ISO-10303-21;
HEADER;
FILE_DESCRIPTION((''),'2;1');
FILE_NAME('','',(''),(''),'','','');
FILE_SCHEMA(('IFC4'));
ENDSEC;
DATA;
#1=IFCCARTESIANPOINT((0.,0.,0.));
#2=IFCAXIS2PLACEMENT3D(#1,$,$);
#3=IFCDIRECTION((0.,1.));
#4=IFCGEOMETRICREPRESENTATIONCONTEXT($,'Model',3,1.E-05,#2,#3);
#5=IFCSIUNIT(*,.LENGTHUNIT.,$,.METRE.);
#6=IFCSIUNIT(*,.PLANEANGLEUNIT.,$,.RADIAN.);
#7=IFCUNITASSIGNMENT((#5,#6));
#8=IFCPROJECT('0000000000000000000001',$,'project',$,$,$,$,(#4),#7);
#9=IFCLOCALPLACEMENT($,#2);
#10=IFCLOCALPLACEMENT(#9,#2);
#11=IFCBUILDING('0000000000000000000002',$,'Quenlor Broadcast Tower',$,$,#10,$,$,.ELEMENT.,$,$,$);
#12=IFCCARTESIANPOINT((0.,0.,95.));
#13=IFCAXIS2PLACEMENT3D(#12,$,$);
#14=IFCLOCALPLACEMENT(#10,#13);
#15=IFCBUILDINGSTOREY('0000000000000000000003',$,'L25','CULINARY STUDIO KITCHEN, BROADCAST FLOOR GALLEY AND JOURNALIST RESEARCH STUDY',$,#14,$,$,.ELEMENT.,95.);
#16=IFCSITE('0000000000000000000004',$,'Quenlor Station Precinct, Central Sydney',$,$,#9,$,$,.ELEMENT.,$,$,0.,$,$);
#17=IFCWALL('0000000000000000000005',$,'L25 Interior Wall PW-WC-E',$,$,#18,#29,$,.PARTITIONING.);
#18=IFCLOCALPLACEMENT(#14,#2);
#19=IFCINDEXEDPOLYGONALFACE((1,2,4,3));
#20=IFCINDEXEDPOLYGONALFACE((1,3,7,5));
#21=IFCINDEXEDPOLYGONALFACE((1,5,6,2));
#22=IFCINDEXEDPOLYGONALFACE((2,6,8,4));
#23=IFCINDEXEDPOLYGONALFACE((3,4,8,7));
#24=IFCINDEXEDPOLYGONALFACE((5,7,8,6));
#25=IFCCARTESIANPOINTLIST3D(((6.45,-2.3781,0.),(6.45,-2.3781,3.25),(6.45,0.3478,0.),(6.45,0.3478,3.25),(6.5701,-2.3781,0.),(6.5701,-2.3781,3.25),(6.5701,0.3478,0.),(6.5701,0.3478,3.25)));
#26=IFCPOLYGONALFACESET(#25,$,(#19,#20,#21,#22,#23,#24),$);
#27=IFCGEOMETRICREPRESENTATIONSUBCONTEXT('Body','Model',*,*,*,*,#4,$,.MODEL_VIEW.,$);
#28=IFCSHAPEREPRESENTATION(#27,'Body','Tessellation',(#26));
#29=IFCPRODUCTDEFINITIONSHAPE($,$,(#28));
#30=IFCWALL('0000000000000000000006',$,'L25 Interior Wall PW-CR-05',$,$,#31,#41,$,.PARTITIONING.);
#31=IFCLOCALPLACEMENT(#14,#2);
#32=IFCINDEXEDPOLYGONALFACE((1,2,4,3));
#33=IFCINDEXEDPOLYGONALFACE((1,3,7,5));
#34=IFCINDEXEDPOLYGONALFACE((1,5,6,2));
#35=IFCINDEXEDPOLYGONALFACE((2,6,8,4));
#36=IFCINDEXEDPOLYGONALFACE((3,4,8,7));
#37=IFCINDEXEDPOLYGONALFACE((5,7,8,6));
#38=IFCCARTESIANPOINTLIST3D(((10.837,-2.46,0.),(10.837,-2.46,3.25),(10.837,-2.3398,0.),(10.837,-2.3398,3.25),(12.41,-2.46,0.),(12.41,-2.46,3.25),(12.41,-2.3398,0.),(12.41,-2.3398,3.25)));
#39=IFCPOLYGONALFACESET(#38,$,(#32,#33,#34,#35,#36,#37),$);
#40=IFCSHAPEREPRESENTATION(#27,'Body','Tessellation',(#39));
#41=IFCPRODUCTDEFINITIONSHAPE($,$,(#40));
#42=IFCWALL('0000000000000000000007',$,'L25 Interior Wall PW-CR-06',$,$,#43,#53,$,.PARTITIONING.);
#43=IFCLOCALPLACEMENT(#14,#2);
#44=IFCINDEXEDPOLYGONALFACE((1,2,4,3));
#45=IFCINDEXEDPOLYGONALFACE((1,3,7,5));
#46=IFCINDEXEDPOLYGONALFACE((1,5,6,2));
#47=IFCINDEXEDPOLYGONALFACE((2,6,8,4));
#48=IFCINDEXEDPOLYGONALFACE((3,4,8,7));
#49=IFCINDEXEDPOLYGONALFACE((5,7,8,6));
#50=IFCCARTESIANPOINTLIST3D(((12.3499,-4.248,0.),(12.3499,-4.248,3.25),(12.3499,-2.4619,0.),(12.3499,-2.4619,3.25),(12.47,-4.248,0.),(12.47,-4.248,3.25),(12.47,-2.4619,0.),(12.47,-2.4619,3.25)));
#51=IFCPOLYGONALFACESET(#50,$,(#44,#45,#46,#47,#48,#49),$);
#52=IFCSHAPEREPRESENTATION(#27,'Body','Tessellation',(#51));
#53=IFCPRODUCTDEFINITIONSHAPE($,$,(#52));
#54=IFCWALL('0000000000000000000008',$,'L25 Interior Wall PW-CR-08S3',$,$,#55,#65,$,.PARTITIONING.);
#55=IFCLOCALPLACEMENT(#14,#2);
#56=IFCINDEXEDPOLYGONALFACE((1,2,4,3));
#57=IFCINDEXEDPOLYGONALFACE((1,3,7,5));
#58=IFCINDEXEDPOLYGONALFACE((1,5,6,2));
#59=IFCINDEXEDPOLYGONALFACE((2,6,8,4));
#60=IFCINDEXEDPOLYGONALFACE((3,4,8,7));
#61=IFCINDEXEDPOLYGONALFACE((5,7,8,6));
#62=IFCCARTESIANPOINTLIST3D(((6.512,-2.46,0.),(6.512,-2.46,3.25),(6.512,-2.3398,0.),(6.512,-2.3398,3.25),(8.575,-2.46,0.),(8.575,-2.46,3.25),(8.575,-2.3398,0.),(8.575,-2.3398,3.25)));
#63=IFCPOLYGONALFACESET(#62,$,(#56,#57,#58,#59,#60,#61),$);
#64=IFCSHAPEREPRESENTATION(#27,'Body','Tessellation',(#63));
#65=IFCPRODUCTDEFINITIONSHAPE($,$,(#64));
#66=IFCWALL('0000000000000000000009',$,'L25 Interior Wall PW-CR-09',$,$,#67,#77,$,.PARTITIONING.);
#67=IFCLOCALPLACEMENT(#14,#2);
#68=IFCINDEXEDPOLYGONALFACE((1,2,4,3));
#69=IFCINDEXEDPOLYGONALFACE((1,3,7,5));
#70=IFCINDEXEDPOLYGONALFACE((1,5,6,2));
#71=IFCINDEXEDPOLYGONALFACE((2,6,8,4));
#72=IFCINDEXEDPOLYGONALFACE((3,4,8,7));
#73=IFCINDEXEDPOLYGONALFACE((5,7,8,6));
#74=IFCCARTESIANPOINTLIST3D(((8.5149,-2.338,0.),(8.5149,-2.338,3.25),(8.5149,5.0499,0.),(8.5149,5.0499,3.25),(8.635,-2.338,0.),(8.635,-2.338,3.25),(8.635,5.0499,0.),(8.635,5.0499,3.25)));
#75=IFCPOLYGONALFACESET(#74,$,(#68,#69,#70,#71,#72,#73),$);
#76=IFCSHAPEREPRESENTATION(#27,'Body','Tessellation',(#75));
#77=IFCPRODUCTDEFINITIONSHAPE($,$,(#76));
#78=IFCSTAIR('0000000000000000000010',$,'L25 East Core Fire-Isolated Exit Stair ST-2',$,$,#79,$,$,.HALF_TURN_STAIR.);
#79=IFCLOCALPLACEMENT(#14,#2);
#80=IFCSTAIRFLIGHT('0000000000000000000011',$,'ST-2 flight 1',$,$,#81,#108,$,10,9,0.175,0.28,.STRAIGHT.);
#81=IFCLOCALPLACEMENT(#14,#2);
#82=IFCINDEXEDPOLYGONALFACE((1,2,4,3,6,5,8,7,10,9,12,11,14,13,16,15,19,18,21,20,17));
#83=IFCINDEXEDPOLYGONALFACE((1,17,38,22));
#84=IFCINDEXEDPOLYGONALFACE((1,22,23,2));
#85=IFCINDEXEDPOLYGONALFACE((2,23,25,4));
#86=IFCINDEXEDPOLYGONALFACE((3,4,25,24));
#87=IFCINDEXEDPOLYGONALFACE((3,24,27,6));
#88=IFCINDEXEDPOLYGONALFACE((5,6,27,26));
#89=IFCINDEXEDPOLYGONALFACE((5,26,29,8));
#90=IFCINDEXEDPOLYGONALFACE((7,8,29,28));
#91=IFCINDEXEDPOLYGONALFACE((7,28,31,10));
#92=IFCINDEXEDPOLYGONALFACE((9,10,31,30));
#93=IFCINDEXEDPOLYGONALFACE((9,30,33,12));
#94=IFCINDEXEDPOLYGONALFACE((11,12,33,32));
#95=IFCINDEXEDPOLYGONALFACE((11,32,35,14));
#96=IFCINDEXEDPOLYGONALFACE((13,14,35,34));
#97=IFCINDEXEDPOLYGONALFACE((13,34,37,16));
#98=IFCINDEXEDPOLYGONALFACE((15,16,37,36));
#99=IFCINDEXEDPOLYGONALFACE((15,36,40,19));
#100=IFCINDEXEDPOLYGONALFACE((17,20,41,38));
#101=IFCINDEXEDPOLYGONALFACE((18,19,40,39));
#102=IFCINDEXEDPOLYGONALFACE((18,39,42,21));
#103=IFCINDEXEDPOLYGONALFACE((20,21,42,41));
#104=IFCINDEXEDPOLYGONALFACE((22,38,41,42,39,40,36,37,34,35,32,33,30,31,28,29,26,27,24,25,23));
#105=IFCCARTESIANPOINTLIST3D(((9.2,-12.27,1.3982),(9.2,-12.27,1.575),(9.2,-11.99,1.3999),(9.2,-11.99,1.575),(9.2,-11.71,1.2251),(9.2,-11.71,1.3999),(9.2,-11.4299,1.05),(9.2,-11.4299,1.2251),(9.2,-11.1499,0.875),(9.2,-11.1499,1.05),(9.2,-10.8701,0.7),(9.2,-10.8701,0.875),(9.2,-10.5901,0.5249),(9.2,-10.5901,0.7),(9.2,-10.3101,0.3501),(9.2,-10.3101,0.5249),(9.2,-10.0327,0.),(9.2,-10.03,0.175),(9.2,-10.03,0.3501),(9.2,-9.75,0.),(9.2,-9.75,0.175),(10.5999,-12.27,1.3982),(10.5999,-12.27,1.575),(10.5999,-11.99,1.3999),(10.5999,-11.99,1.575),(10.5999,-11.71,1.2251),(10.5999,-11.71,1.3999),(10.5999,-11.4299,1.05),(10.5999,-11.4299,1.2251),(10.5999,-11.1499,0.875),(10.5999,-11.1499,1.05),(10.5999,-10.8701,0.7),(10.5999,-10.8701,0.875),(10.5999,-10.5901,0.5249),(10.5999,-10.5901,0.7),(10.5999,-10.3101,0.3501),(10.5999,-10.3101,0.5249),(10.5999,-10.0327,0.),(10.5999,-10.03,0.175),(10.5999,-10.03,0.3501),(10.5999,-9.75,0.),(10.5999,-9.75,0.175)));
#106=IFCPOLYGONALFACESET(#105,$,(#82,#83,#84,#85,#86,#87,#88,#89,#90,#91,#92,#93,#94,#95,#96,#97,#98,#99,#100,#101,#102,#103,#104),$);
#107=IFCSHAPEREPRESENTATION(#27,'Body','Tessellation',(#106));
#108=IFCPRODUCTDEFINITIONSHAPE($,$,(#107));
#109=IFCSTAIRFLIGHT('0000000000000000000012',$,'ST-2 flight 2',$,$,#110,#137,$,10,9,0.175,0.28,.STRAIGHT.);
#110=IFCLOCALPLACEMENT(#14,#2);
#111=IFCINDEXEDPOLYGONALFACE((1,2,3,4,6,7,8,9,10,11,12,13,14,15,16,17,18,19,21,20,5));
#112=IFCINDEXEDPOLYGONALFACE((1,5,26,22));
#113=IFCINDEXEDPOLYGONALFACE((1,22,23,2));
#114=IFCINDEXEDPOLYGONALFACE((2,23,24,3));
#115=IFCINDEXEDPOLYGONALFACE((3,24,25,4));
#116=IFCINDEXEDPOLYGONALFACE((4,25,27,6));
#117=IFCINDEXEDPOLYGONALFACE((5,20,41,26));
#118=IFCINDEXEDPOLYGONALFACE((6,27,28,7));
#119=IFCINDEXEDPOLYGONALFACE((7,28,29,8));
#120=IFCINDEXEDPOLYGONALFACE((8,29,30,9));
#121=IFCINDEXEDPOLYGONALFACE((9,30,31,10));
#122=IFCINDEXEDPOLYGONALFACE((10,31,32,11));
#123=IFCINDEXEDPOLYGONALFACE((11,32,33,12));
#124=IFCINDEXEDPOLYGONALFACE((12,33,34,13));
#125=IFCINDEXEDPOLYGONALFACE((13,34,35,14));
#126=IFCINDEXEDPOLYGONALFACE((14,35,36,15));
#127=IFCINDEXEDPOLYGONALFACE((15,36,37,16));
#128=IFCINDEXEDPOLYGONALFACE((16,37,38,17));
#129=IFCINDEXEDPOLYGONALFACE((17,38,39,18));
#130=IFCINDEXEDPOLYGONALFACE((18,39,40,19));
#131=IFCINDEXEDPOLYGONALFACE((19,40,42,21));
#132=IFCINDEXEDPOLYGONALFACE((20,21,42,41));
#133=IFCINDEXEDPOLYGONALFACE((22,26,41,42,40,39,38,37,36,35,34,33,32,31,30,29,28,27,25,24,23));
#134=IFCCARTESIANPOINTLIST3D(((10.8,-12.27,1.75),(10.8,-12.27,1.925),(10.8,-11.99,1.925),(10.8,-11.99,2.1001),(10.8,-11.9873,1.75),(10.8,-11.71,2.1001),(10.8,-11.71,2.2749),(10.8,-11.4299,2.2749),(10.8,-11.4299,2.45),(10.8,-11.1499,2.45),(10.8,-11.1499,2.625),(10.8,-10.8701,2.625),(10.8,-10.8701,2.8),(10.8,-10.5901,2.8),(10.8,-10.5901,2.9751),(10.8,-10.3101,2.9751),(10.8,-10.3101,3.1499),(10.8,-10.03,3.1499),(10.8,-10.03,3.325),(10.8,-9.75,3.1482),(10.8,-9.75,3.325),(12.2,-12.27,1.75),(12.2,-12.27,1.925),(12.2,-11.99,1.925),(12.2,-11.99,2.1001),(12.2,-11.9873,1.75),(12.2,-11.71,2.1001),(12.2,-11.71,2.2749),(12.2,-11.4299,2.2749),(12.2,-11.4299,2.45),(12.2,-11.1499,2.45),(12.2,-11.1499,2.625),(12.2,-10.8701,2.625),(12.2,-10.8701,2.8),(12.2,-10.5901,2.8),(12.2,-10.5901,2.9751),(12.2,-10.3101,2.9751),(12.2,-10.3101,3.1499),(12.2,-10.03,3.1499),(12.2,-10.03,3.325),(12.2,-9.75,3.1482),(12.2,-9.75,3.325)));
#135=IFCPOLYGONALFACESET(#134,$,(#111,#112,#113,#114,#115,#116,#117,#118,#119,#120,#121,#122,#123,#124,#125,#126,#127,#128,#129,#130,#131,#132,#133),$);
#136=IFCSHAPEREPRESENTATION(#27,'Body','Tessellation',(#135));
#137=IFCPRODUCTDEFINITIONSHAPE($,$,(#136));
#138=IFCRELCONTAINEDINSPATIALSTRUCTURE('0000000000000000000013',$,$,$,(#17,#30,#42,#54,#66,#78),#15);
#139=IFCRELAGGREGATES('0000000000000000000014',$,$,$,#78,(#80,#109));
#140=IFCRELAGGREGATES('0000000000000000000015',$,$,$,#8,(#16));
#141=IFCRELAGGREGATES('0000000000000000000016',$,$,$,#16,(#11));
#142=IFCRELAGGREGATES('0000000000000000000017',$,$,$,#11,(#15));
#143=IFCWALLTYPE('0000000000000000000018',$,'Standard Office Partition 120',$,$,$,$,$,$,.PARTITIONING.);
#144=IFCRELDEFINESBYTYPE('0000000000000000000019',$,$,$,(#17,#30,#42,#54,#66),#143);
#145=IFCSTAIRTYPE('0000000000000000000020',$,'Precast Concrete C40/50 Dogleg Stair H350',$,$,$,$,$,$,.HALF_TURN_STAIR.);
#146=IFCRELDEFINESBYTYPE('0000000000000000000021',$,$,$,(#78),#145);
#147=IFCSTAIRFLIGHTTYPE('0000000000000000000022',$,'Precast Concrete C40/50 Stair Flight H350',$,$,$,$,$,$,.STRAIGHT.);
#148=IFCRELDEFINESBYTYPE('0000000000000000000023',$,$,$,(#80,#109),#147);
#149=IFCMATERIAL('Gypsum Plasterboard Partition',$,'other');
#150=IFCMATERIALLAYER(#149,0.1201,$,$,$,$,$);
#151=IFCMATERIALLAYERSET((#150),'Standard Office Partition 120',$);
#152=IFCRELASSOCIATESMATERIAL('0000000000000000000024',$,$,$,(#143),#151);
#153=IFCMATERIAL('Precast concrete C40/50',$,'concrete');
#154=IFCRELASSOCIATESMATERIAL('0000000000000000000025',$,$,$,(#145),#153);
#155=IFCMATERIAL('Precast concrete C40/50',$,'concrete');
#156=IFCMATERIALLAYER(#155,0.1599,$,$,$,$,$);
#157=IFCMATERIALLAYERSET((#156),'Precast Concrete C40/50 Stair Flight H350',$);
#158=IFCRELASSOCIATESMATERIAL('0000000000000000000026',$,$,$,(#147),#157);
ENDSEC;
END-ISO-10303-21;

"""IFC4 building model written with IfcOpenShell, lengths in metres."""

from ifc_helpers import new_model, si_unit, direction, frame, frame_2d, origin, place, context, subcontext, project, spatial, polyline, rectangle, outline, extrude, material, layer, layer_set, type_object, element, aggregate, save


model = new_model("IFC4")

# Units and contexts
model_context = context("Model", 3, precision=1e-05, world=origin(), true_north=direction((0.0, 1.0)))
body_context = subcontext(model_context, "Body", "Model", "MODEL_VIEW")
ifc_project = project(units=[si_unit("LENGTHUNIT", "METRE"), si_unit("PLANEANGLEUNIT", "RADIAN")], contexts=[model_context])

# Site, building, storey
site_placement = place(None, origin())
site = spatial("IfcSite", under=ifc_project, at=site_placement, Name="Quenlor Station Precinct, Central Sydney", CompositionType="ELEMENT", RefElevation=0.0)
building_placement = place(site_placement, origin())
building = spatial("IfcBuilding", under=site, at=building_placement, Name="Quenlor Broadcast Tower", CompositionType="ELEMENT")
storey_placement = place(building_placement, frame((0.0, 0.0, 95.0)))
storey = spatial("IfcBuildingStorey", under=building, at=storey_placement, Name="L25", Description="CULINARY STUDIO KITCHEN, BROADCAST FLOOR GALLEY AND JOURNALIST RESEARCH STUDY", CompositionType="ELEMENT", Elevation=95.0)

# Shared definitions
ifc_material_1 = material(Name="Gypsum Plasterboard Partition", Category="other")
ifc_layer_1 = layer(ifc_material_1, 0.1201)
ifc_layer_set_1 = layer_set([ifc_layer_1], Name="Standard Office Partition 120")
wall_type_1 = type_object("IfcWallType", Name="Standard Office Partition 120", PredefinedType="PARTITIONING", material=ifc_layer_set_1)

# Walls
wall_1_placement = place(storey_placement, frame((6.51, -2.3779, 0.0), z_axis=(0.0, 0.0, 1.0), x_axis=(0.0, 1.0, 0.0)))
element("IfcWall", 1, at=wall_1_placement, inside=storey, type_object=wall_type_1, Name="L25 Interior Wall PW-WC-E", PredefinedType="PARTITIONING", context=body_context, shape_type="SweptSolid", body=[
    extrude(rectangle(XDim=2.7258, YDim=0.1201, at=frame_2d((1.3628, 0.0))), origin(), (0.0, 0.0, 1.0), 3.25),
])
wall_2_placement = place(storey_placement, frame((10.8369, -2.3999, 0.0), z_axis=(0.0, 0.0, 1.0), x_axis=(1.0, 0.0, 0.0)))
element("IfcWall", 2, at=wall_2_placement, inside=storey, type_object=wall_type_1, Name="L25 Interior Wall PW-CR-05", PredefinedType="PARTITIONING", context=body_context, shape_type="SweptSolid", body=[
    extrude(rectangle(XDim=1.573, YDim=0.1201, at=frame_2d((0.7866, 0.0))), origin(), (0.0, 0.0, 1.0), 3.25),
])
wall_3_placement = place(storey_placement, frame((12.4099, -2.4619, 0.0), z_axis=(0.0, 0.0, 1.0), x_axis=(0.0, -1.0, 0.0)))
element("IfcWall", 3, at=wall_3_placement, inside=storey, type_object=wall_type_1, Name="L25 Interior Wall PW-CR-06", PredefinedType="PARTITIONING", context=body_context, shape_type="SweptSolid", body=[
    extrude(rectangle(XDim=1.7861, YDim=0.1201, at=frame_2d((0.8931, 0.0))), origin(), (0.0, 0.0, 1.0), 3.25),
])
wall_4_placement = place(storey_placement, frame((6.512, -2.3999, 0.0), z_axis=(0.0, 0.0, 1.0), x_axis=(1.0, 0.0, 0.0)))
element("IfcWall", 4, at=wall_4_placement, inside=storey, type_object=wall_type_1, Name="L25 Interior Wall PW-CR-08S3", PredefinedType="PARTITIONING", context=body_context, shape_type="SweptSolid", body=[
    extrude(rectangle(XDim=2.063, YDim=0.1201, at=frame_2d((1.0315, 0.0))), origin(), (0.0, 0.0, 1.0), 3.25),
])
wall_5_placement = place(storey_placement, frame((8.575, -2.3379, 0.0), z_axis=(0.0, 0.0, 1.0), x_axis=(0.0, 1.0, 0.0)))
element("IfcWall", 5, at=wall_5_placement, inside=storey, type_object=wall_type_1, Name="L25 Interior Wall PW-CR-09", PredefinedType="PARTITIONING", context=body_context, shape_type="SweptSolid", body=[
    extrude(rectangle(XDim=7.3879, YDim=0.1201, at=frame_2d((3.6938, 0.0))), origin(), (0.0, 0.0, 1.0), 3.25),
])

# Stair, stair flights
ifc_material_2 = material(Name="Precast concrete C40/50", Category="concrete")
stair_type = type_object("IfcStairType", Name="Precast Concrete C40/50 Dogleg Stair H350", PredefinedType="HALF_TURN_STAIR", material=ifc_material_2)
stair_placement = place(storey_placement, origin())
stair = element("IfcStair", 6, at=stair_placement, inside=storey, type_object=stair_type, Name="L25 East Core Fire-Isolated Exit Stair ST-2", PredefinedType="HALF_TURN_STAIR")
ifc_material_3 = material(Name="Precast concrete C40/50", Category="concrete")
ifc_layer_2 = layer(ifc_material_3, 0.1599)
ifc_layer_set_2 = layer_set([ifc_layer_2], Name="Precast Concrete C40/50 Stair Flight H350")
stair_flight_type = type_object("IfcStairFlightType", Name="Precast Concrete C40/50 Stair Flight H350", PredefinedType="STRAIGHT", material=ifc_layer_set_2)
stair_flight_1_placement = place(storey_placement, frame((9.8999, -9.75, 0.0), z_axis=(0.0, 0.0, 1.0), x_axis=(0.0, -1.0, 0.0)))
stair_flight_1 = element("IfcStairFlight", 7, at=stair_flight_1_placement, type_object=stair_flight_type, Name="ST-2 flight 1", NumberOfRisers=10, NumberOfTreads=9, PredefinedType="STRAIGHT", RiserHeight=0.175, TreadLength=0.28, context=body_context, shape_type="SweptSolid", body=[
    extrude(outline(polyline([(0.0, 0.0), (0.0, 0.175), (0.28, 0.175), (0.28, 0.3501), (0.5601, 0.3501), (0.5601, 0.5249), (0.8401, 0.5249), (0.8401, 0.7), (1.1201, 0.7), (1.1201, 0.875), (1.3999, 0.875), (1.3999, 1.05), (1.6799, 1.05), (1.6799, 1.2251), (1.96, 1.2251), (1.96, 1.3999), (2.24, 1.3999), (2.24, 1.575), (2.52, 1.575), (2.52, 1.75), (2.52, 1.3982), (0.2827, 0.0), (0.0, 0.0)])), frame((0.0, 0.7, 0.0), z_axis=(0.0, -1.0, 0.0), x_axis=(1.0, 0.0, 0.0)), (0.0, 0.0, 1.0), 1.3999),
])
stair_flight_2_placement = place(storey_placement, frame((11.5, -12.27, 1.75), z_axis=(0.0, 0.0, 1.0), x_axis=(0.0, 1.0, 0.0)))
stair_flight_2 = element("IfcStairFlight", 8, at=stair_flight_2_placement, type_object=stair_flight_type, Name="ST-2 flight 2", NumberOfRisers=10, NumberOfTreads=9, PredefinedType="STRAIGHT", RiserHeight=0.175, TreadLength=0.28, context=body_context, shape_type="SweptSolid", body=[
    extrude(outline(polyline([(0.0, 0.0), (0.0, 0.175), (0.28, 0.175), (0.28, 0.3501), (0.5601, 0.3501), (0.5601, 0.5249), (0.8401, 0.5249), (0.8401, 0.7), (1.1201, 0.7), (1.1201, 0.875), (1.3999, 0.875), (1.3999, 1.05), (1.6799, 1.05), (1.6799, 1.2251), (1.96, 1.2251), (1.96, 1.3999), (2.24, 1.3999), (2.24, 1.575), (2.52, 1.575), (2.52, 1.75), (2.52, 1.3982), (0.2827, 0.0), (0.0, 0.0)])), frame((0.0, 0.7, 0.0), z_axis=(0.0, -1.0, 0.0), x_axis=(1.0, 0.0, 0.0)), (0.0, 0.0, 1.0), 1.3999),
])
aggregate(stair, [stair_flight_1, stair_flight_2])

save(model, "model.ifc")
